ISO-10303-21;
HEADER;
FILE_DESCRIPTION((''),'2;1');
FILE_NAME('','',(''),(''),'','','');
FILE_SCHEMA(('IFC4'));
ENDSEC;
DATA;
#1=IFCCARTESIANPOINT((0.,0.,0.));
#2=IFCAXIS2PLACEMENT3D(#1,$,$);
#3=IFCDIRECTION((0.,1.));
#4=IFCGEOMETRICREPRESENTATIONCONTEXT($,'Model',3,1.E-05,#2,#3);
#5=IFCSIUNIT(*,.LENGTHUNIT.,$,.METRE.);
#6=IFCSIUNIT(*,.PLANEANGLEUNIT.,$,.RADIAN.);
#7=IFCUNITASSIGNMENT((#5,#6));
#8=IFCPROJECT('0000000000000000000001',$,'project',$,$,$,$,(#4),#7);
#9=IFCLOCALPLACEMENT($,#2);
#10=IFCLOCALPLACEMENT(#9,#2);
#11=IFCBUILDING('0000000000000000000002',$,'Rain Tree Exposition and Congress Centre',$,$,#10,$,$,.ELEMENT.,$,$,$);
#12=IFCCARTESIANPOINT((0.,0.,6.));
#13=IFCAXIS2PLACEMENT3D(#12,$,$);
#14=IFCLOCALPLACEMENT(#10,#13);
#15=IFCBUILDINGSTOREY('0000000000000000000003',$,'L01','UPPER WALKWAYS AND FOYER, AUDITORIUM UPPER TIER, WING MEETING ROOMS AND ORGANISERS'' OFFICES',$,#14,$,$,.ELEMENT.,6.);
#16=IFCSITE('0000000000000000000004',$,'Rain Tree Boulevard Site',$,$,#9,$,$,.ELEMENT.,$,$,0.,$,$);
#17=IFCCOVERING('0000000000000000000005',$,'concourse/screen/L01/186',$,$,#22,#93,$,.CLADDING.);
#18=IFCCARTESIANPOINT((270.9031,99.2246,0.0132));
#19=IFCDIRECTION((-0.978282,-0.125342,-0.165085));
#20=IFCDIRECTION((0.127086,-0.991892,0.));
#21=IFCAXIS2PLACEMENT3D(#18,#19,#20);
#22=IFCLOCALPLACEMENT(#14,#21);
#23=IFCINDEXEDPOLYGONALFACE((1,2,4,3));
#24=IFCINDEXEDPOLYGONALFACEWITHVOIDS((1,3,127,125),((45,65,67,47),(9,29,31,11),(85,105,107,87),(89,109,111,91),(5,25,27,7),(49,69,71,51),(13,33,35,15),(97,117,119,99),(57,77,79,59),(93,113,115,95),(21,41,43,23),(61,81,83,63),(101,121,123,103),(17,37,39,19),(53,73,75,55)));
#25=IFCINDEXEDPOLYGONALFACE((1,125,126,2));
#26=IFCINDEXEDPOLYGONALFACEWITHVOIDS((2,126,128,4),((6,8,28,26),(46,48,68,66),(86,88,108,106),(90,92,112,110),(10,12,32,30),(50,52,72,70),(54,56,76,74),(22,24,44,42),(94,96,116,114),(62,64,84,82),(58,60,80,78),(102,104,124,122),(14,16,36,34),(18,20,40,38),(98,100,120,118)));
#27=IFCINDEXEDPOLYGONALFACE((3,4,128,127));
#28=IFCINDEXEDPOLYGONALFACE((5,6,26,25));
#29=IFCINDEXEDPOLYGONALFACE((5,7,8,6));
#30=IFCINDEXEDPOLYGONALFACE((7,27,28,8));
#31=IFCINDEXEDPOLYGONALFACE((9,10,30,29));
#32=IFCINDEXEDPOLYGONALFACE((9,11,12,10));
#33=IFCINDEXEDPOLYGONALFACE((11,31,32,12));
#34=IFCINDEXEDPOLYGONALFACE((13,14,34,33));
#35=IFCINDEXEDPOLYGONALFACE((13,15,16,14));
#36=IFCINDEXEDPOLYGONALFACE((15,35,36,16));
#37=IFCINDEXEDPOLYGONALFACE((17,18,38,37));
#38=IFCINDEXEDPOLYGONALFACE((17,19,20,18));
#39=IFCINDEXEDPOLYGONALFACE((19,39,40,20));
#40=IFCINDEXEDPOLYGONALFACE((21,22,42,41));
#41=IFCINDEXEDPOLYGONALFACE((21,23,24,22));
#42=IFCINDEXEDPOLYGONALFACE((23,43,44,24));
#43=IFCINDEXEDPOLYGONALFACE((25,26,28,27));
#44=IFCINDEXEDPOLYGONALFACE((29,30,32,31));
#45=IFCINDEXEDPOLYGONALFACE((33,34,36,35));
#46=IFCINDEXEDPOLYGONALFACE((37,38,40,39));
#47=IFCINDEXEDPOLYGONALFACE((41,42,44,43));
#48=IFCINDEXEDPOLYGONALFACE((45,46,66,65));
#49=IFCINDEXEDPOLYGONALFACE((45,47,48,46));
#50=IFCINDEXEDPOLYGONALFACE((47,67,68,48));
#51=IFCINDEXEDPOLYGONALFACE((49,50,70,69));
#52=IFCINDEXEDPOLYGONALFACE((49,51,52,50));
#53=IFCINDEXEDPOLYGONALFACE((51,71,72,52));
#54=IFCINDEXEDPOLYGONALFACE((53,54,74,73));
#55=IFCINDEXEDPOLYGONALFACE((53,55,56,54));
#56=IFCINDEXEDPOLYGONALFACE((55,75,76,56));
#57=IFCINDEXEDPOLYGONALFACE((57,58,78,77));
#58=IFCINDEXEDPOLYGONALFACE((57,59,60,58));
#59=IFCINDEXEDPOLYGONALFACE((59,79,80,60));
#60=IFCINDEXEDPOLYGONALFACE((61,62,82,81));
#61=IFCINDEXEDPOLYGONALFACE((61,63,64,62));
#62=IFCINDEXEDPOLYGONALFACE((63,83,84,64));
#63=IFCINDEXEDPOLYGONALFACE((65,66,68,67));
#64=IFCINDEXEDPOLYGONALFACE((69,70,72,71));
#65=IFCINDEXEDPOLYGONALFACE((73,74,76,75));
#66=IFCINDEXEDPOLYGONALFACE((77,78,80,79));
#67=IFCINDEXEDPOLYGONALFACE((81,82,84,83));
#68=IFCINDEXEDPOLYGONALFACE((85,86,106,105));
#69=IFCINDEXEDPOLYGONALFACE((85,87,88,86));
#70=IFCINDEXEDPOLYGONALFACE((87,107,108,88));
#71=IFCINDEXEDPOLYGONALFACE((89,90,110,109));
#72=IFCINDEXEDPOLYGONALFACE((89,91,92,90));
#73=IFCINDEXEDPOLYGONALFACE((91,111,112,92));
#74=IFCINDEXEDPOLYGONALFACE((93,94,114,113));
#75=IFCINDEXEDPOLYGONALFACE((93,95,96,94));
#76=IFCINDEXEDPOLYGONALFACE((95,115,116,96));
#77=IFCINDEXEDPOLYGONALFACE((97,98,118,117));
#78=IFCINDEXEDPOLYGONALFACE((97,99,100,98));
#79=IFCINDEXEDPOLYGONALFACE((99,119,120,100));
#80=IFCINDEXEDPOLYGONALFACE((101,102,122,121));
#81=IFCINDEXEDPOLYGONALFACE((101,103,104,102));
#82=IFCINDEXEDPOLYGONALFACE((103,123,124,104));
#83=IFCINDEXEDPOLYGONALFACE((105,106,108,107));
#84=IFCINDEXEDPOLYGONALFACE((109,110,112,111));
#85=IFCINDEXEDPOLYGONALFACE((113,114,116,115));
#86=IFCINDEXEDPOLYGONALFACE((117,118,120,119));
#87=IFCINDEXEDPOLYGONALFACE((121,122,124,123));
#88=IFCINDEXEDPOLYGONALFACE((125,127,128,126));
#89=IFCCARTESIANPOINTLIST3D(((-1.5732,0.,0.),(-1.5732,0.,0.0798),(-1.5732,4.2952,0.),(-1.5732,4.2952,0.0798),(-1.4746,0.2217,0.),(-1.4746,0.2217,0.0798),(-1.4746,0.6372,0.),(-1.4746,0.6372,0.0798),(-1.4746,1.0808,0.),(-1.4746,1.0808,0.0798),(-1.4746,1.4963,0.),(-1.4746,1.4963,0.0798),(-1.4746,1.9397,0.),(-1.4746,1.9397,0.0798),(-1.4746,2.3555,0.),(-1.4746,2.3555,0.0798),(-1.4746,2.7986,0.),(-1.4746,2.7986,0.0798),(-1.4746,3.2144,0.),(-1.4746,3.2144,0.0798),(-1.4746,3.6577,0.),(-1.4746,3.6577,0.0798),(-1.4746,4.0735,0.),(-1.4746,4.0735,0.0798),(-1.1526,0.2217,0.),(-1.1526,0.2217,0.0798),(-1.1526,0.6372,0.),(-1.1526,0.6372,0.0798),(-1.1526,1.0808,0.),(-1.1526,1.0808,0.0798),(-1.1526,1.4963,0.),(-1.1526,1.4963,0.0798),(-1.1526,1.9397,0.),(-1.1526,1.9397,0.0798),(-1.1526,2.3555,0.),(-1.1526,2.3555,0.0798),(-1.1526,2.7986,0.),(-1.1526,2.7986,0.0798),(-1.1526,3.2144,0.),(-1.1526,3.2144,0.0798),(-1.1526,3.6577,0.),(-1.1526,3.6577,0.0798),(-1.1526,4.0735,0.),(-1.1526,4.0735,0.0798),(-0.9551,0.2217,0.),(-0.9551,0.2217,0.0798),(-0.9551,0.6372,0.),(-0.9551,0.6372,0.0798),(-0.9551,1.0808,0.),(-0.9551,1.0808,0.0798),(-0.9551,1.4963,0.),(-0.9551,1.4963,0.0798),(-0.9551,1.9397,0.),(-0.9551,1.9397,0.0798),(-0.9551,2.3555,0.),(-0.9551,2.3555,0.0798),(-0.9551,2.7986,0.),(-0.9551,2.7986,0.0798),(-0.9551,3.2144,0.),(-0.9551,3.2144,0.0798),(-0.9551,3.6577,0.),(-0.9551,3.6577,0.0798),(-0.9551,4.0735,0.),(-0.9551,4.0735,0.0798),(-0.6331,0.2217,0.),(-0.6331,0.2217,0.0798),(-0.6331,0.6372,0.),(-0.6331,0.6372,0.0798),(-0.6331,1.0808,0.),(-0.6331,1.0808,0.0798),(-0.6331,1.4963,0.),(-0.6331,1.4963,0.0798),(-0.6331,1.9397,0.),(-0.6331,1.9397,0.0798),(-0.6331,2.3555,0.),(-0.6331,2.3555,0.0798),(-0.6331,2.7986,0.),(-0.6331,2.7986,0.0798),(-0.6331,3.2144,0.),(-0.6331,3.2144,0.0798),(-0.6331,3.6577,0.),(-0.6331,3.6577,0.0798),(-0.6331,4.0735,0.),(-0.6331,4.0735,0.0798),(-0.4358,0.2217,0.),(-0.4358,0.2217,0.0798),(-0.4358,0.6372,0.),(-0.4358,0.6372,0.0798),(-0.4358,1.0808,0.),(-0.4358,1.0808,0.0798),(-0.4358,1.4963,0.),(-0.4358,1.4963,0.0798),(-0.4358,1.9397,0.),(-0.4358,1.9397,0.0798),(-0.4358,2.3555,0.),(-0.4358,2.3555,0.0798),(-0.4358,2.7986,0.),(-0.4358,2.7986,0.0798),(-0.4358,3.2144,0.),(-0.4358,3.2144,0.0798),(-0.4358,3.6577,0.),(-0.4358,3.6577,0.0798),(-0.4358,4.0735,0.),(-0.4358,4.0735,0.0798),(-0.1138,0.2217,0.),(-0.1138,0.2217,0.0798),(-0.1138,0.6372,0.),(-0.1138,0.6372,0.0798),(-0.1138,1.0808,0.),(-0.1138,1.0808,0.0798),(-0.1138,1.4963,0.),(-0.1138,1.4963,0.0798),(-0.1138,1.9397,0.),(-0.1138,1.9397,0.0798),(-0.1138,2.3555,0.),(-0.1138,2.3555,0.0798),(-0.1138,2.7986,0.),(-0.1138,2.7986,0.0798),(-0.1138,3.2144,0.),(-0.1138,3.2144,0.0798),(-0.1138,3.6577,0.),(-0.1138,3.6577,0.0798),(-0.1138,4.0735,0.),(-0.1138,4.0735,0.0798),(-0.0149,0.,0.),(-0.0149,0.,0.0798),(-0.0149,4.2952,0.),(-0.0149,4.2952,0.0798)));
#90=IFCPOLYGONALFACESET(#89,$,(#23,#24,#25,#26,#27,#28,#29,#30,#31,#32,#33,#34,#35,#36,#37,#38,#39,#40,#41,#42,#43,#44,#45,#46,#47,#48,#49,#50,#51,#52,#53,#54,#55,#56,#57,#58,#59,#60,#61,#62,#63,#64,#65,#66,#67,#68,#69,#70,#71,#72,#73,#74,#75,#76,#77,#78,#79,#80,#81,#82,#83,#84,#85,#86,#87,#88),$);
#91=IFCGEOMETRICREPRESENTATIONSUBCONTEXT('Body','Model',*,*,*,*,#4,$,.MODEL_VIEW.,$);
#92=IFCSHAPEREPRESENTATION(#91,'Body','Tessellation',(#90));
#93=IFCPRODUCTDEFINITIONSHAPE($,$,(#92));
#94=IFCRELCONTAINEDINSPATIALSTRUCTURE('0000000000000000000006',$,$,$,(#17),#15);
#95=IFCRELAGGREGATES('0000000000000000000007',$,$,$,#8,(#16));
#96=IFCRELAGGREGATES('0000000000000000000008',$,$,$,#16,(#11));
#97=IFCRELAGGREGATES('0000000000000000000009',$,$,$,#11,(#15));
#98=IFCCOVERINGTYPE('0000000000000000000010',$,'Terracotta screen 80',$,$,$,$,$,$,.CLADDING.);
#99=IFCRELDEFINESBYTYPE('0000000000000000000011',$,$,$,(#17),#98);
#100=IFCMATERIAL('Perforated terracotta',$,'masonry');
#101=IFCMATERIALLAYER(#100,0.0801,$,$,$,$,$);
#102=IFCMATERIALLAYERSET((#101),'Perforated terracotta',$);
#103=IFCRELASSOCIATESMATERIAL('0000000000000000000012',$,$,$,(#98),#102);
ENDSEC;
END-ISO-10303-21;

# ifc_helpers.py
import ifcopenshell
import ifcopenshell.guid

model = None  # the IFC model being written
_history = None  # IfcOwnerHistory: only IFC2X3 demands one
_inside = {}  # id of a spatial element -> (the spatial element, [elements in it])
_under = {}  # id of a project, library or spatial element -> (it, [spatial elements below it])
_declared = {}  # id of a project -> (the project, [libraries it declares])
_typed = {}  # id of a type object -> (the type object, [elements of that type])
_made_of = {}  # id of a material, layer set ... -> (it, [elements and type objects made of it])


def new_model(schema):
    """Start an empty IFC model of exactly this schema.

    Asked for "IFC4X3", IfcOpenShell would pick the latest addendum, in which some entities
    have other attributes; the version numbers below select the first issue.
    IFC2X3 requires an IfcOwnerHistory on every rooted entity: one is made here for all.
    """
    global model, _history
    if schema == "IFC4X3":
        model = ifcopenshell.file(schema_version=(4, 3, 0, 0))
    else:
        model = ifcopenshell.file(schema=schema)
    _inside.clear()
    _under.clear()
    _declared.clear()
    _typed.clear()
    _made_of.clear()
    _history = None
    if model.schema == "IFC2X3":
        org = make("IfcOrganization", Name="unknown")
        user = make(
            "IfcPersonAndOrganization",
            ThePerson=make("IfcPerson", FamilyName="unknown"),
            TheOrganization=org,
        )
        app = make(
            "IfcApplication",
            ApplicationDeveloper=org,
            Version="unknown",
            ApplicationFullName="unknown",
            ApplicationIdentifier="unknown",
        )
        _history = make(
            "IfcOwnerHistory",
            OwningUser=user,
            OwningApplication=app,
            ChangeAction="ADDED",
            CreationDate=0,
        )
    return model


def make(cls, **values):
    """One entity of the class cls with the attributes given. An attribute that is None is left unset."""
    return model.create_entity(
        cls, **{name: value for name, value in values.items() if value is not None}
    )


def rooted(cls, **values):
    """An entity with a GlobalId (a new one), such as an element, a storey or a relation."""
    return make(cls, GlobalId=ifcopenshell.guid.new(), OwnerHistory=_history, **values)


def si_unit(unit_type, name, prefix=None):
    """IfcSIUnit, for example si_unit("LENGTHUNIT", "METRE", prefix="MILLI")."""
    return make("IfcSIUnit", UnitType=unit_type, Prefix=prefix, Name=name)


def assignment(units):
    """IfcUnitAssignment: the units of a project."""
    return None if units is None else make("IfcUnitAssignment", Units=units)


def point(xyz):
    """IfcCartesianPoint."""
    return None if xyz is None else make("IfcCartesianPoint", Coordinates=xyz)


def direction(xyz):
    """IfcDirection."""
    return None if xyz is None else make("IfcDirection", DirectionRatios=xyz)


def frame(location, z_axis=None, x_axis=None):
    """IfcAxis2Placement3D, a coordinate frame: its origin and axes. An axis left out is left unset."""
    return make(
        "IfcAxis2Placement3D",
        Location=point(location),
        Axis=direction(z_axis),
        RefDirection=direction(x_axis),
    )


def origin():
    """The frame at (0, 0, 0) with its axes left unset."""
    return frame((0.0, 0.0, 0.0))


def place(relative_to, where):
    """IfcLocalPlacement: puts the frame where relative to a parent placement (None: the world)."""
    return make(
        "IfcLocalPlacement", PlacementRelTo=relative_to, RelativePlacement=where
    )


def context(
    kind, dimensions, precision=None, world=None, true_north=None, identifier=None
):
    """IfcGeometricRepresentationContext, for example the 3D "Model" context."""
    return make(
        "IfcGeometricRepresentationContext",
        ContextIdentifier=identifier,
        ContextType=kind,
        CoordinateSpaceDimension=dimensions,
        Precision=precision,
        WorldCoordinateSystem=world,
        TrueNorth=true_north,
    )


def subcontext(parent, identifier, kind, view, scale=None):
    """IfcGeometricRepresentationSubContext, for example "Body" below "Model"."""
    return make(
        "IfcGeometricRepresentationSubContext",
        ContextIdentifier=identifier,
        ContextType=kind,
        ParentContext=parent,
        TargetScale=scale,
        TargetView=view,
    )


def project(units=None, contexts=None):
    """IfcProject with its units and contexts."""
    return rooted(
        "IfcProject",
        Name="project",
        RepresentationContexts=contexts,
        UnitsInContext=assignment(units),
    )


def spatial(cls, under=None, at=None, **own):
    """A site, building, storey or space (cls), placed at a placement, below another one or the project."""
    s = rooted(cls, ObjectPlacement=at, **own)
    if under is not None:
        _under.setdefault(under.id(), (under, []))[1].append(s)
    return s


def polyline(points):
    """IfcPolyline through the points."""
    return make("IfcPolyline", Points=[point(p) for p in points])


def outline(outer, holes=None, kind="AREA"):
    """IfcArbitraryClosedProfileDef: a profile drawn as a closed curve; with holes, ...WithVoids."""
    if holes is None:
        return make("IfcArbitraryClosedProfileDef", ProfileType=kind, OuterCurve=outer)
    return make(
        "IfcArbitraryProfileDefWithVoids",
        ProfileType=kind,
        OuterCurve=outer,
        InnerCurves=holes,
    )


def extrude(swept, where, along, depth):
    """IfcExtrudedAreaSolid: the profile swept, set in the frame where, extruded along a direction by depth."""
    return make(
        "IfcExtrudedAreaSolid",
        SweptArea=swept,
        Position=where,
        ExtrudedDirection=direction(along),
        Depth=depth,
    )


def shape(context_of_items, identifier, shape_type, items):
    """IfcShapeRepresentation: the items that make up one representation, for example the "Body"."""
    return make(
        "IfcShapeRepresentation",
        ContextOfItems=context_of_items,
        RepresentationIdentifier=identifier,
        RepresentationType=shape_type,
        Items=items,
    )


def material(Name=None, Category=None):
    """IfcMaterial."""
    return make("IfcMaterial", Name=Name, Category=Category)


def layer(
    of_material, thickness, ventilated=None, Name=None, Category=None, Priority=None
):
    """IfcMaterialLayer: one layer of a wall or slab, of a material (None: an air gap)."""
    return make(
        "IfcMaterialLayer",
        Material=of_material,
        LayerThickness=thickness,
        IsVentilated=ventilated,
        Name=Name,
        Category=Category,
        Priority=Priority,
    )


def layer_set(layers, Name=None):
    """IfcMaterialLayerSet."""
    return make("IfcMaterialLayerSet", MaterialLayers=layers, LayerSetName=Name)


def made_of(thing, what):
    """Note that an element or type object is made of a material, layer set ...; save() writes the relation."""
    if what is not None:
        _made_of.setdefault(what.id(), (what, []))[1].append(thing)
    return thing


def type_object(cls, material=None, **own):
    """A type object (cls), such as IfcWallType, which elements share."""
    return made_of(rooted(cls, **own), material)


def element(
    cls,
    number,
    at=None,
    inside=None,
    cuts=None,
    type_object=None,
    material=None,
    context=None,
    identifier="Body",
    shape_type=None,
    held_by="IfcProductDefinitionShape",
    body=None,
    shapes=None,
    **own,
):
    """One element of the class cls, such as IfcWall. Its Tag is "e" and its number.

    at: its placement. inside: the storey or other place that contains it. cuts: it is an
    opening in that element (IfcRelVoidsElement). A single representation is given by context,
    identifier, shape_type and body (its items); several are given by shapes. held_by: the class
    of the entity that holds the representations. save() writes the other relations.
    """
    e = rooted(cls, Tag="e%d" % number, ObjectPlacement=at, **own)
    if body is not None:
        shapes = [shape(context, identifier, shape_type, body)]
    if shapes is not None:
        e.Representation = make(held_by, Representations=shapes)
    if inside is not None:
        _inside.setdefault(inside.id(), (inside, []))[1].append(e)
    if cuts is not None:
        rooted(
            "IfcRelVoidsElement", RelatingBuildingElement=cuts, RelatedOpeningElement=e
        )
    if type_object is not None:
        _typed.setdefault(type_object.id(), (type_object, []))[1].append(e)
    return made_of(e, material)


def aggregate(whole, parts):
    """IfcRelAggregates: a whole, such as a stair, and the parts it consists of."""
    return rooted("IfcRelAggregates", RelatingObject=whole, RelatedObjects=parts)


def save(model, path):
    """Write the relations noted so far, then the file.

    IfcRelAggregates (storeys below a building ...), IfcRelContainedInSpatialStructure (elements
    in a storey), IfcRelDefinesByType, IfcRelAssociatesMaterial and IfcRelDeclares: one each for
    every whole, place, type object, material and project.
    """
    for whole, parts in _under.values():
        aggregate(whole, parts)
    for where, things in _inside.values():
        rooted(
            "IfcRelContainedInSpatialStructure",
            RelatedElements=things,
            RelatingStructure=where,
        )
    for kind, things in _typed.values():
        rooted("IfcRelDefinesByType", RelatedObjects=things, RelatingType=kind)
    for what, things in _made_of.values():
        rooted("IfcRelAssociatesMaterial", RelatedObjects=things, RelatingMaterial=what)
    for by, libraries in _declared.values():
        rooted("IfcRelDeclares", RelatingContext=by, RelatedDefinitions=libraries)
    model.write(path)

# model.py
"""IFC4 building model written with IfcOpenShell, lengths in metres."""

from ifc_helpers import new_model, si_unit, direction, frame, origin, place, context, subcontext, project, spatial, polyline, outline, extrude, material, layer, layer_set, type_object, element, save


model = new_model("IFC4")

# Units and contexts
model_context = context("Model", 3, precision=1e-05, world=origin(), true_north=direction((0.0, 1.0)))
body_context = subcontext(model_context, "Body", "Model", "MODEL_VIEW")
ifc_project = project(units=[si_unit("LENGTHUNIT", "METRE"), si_unit("PLANEANGLEUNIT", "RADIAN")], contexts=[model_context])

# Site, building, storey
site_placement = place(None, origin())
site = spatial("IfcSite", under=ifc_project, at=site_placement, Name="Rain Tree Boulevard Site", CompositionType="ELEMENT", RefElevation=0.0)
building_placement = place(site_placement, origin())
building = spatial("IfcBuilding", under=site, at=building_placement, Name="Rain Tree Exposition and Congress Centre", CompositionType="ELEMENT")
storey_placement = place(building_placement, frame((0.0, 0.0, 6.0)))
storey = spatial("IfcBuildingStorey", under=building, at=storey_placement, Name="L01", Description="UPPER WALKWAYS AND FOYER, AUDITORIUM UPPER TIER, WING MEETING ROOMS AND ORGANISERS' OFFICES", CompositionType="ELEMENT", Elevation=6.0)

# Covering
ifc_material_1 = material(Name="Perforated terracotta", Category="masonry")
ifc_layer_1 = layer(ifc_material_1, 0.0801)
ifc_layer_set_1 = layer_set([ifc_layer_1], Name="Perforated terracotta")
covering_type = type_object("IfcCoveringType", Name="Terracotta screen 80", PredefinedType="CLADDING", material=ifc_layer_set_1)
covering_1_placement = place(storey_placement, frame((270.9031, 99.2246, 0.0132), z_axis=(-0.978282, -0.125342, -0.165085), x_axis=(0.127086, -0.991892, 0.0)))
element("IfcCovering", 1, at=covering_1_placement, inside=storey, type_object=covering_type, Name="concourse/screen/L01/186", PredefinedType="CLADDING", context=body_context, shape_type="SweptSolid", body=[
    extrude(outline(polyline([(-1.5732, 0.0), (-1.5732, 4.2952), (-0.0149, 4.2952), (-0.0149, 0.0), (-1.5732, 0.0)]), holes=[polyline([(-0.1138, 0.2217), (-0.1138, 0.6372), (-0.4358, 0.6372), (-0.4358, 0.2217), (-0.1138, 0.2217)]), polyline([(-0.1138, 1.0808), (-0.1138, 1.4963), (-0.4358, 1.4963), (-0.4358, 1.0808), (-0.1138, 1.0808)]), polyline([(-0.1138, 1.9397), (-0.1138, 2.3555), (-0.4358, 2.3555), (-0.4358, 1.9397), (-0.1138, 1.9397)]), polyline([(-0.1138, 2.7986), (-0.1138, 3.2144), (-0.4358, 3.2144), (-0.4358, 2.7986), (-0.1138, 2.7986)]), polyline([(-0.1138, 3.6577), (-0.1138, 4.0735), (-0.4358, 4.0735), (-0.4358, 3.6577), (-0.1138, 3.6577)]), polyline([(-0.6331, 0.2217), (-0.6331, 0.6372), (-0.9551, 0.6372), (-0.9551, 0.2217), (-0.6331, 0.2217)]), polyline([(-0.6331, 1.0808), (-0.6331, 1.4963), (-0.9551, 1.4963), (-0.9551, 1.0808), (-0.6331, 1.0808)]), polyline([(-0.6331, 1.9397), (-0.6331, 2.3555), (-0.9551, 2.3555), (-0.9551, 1.9397), (-0.6331, 1.9397)]), polyline([(-0.6331, 2.7986), (-0.6331, 3.2144), (-0.9551, 3.2144), (-0.9551, 2.7986), (-0.6331, 2.7986)]), polyline([(-0.6331, 3.6577), (-0.6331, 4.0735), (-0.9551, 4.0735), (-0.9551, 3.6577), (-0.6331, 3.6577)]), polyline([(-1.1526, 0.2217), (-1.1526, 0.6372), (-1.4746, 0.6372), (-1.4746, 0.2217), (-1.1526, 0.2217)]), polyline([(-1.1526, 1.0808), (-1.1526, 1.4963), (-1.4746, 1.4963), (-1.4746, 1.0808), (-1.1526, 1.0808)]), polyline([(-1.1526, 1.9397), (-1.1526, 2.3555), (-1.4746, 2.3555), (-1.4746, 1.9397), (-1.1526, 1.9397)]), polyline([(-1.1526, 2.7986), (-1.1526, 3.2144), (-1.4746, 3.2144), (-1.4746, 2.7986), (-1.1526, 2.7986)]), polyline([(-1.1526, 3.6577), (-1.1526, 4.0735), (-1.4746, 4.0735), (-1.4746, 3.6577), (-1.1526, 3.6577)])]), origin(), (0.0, 0.0, 1.0), 0.0798),
])

save(model, "model.ifc")
